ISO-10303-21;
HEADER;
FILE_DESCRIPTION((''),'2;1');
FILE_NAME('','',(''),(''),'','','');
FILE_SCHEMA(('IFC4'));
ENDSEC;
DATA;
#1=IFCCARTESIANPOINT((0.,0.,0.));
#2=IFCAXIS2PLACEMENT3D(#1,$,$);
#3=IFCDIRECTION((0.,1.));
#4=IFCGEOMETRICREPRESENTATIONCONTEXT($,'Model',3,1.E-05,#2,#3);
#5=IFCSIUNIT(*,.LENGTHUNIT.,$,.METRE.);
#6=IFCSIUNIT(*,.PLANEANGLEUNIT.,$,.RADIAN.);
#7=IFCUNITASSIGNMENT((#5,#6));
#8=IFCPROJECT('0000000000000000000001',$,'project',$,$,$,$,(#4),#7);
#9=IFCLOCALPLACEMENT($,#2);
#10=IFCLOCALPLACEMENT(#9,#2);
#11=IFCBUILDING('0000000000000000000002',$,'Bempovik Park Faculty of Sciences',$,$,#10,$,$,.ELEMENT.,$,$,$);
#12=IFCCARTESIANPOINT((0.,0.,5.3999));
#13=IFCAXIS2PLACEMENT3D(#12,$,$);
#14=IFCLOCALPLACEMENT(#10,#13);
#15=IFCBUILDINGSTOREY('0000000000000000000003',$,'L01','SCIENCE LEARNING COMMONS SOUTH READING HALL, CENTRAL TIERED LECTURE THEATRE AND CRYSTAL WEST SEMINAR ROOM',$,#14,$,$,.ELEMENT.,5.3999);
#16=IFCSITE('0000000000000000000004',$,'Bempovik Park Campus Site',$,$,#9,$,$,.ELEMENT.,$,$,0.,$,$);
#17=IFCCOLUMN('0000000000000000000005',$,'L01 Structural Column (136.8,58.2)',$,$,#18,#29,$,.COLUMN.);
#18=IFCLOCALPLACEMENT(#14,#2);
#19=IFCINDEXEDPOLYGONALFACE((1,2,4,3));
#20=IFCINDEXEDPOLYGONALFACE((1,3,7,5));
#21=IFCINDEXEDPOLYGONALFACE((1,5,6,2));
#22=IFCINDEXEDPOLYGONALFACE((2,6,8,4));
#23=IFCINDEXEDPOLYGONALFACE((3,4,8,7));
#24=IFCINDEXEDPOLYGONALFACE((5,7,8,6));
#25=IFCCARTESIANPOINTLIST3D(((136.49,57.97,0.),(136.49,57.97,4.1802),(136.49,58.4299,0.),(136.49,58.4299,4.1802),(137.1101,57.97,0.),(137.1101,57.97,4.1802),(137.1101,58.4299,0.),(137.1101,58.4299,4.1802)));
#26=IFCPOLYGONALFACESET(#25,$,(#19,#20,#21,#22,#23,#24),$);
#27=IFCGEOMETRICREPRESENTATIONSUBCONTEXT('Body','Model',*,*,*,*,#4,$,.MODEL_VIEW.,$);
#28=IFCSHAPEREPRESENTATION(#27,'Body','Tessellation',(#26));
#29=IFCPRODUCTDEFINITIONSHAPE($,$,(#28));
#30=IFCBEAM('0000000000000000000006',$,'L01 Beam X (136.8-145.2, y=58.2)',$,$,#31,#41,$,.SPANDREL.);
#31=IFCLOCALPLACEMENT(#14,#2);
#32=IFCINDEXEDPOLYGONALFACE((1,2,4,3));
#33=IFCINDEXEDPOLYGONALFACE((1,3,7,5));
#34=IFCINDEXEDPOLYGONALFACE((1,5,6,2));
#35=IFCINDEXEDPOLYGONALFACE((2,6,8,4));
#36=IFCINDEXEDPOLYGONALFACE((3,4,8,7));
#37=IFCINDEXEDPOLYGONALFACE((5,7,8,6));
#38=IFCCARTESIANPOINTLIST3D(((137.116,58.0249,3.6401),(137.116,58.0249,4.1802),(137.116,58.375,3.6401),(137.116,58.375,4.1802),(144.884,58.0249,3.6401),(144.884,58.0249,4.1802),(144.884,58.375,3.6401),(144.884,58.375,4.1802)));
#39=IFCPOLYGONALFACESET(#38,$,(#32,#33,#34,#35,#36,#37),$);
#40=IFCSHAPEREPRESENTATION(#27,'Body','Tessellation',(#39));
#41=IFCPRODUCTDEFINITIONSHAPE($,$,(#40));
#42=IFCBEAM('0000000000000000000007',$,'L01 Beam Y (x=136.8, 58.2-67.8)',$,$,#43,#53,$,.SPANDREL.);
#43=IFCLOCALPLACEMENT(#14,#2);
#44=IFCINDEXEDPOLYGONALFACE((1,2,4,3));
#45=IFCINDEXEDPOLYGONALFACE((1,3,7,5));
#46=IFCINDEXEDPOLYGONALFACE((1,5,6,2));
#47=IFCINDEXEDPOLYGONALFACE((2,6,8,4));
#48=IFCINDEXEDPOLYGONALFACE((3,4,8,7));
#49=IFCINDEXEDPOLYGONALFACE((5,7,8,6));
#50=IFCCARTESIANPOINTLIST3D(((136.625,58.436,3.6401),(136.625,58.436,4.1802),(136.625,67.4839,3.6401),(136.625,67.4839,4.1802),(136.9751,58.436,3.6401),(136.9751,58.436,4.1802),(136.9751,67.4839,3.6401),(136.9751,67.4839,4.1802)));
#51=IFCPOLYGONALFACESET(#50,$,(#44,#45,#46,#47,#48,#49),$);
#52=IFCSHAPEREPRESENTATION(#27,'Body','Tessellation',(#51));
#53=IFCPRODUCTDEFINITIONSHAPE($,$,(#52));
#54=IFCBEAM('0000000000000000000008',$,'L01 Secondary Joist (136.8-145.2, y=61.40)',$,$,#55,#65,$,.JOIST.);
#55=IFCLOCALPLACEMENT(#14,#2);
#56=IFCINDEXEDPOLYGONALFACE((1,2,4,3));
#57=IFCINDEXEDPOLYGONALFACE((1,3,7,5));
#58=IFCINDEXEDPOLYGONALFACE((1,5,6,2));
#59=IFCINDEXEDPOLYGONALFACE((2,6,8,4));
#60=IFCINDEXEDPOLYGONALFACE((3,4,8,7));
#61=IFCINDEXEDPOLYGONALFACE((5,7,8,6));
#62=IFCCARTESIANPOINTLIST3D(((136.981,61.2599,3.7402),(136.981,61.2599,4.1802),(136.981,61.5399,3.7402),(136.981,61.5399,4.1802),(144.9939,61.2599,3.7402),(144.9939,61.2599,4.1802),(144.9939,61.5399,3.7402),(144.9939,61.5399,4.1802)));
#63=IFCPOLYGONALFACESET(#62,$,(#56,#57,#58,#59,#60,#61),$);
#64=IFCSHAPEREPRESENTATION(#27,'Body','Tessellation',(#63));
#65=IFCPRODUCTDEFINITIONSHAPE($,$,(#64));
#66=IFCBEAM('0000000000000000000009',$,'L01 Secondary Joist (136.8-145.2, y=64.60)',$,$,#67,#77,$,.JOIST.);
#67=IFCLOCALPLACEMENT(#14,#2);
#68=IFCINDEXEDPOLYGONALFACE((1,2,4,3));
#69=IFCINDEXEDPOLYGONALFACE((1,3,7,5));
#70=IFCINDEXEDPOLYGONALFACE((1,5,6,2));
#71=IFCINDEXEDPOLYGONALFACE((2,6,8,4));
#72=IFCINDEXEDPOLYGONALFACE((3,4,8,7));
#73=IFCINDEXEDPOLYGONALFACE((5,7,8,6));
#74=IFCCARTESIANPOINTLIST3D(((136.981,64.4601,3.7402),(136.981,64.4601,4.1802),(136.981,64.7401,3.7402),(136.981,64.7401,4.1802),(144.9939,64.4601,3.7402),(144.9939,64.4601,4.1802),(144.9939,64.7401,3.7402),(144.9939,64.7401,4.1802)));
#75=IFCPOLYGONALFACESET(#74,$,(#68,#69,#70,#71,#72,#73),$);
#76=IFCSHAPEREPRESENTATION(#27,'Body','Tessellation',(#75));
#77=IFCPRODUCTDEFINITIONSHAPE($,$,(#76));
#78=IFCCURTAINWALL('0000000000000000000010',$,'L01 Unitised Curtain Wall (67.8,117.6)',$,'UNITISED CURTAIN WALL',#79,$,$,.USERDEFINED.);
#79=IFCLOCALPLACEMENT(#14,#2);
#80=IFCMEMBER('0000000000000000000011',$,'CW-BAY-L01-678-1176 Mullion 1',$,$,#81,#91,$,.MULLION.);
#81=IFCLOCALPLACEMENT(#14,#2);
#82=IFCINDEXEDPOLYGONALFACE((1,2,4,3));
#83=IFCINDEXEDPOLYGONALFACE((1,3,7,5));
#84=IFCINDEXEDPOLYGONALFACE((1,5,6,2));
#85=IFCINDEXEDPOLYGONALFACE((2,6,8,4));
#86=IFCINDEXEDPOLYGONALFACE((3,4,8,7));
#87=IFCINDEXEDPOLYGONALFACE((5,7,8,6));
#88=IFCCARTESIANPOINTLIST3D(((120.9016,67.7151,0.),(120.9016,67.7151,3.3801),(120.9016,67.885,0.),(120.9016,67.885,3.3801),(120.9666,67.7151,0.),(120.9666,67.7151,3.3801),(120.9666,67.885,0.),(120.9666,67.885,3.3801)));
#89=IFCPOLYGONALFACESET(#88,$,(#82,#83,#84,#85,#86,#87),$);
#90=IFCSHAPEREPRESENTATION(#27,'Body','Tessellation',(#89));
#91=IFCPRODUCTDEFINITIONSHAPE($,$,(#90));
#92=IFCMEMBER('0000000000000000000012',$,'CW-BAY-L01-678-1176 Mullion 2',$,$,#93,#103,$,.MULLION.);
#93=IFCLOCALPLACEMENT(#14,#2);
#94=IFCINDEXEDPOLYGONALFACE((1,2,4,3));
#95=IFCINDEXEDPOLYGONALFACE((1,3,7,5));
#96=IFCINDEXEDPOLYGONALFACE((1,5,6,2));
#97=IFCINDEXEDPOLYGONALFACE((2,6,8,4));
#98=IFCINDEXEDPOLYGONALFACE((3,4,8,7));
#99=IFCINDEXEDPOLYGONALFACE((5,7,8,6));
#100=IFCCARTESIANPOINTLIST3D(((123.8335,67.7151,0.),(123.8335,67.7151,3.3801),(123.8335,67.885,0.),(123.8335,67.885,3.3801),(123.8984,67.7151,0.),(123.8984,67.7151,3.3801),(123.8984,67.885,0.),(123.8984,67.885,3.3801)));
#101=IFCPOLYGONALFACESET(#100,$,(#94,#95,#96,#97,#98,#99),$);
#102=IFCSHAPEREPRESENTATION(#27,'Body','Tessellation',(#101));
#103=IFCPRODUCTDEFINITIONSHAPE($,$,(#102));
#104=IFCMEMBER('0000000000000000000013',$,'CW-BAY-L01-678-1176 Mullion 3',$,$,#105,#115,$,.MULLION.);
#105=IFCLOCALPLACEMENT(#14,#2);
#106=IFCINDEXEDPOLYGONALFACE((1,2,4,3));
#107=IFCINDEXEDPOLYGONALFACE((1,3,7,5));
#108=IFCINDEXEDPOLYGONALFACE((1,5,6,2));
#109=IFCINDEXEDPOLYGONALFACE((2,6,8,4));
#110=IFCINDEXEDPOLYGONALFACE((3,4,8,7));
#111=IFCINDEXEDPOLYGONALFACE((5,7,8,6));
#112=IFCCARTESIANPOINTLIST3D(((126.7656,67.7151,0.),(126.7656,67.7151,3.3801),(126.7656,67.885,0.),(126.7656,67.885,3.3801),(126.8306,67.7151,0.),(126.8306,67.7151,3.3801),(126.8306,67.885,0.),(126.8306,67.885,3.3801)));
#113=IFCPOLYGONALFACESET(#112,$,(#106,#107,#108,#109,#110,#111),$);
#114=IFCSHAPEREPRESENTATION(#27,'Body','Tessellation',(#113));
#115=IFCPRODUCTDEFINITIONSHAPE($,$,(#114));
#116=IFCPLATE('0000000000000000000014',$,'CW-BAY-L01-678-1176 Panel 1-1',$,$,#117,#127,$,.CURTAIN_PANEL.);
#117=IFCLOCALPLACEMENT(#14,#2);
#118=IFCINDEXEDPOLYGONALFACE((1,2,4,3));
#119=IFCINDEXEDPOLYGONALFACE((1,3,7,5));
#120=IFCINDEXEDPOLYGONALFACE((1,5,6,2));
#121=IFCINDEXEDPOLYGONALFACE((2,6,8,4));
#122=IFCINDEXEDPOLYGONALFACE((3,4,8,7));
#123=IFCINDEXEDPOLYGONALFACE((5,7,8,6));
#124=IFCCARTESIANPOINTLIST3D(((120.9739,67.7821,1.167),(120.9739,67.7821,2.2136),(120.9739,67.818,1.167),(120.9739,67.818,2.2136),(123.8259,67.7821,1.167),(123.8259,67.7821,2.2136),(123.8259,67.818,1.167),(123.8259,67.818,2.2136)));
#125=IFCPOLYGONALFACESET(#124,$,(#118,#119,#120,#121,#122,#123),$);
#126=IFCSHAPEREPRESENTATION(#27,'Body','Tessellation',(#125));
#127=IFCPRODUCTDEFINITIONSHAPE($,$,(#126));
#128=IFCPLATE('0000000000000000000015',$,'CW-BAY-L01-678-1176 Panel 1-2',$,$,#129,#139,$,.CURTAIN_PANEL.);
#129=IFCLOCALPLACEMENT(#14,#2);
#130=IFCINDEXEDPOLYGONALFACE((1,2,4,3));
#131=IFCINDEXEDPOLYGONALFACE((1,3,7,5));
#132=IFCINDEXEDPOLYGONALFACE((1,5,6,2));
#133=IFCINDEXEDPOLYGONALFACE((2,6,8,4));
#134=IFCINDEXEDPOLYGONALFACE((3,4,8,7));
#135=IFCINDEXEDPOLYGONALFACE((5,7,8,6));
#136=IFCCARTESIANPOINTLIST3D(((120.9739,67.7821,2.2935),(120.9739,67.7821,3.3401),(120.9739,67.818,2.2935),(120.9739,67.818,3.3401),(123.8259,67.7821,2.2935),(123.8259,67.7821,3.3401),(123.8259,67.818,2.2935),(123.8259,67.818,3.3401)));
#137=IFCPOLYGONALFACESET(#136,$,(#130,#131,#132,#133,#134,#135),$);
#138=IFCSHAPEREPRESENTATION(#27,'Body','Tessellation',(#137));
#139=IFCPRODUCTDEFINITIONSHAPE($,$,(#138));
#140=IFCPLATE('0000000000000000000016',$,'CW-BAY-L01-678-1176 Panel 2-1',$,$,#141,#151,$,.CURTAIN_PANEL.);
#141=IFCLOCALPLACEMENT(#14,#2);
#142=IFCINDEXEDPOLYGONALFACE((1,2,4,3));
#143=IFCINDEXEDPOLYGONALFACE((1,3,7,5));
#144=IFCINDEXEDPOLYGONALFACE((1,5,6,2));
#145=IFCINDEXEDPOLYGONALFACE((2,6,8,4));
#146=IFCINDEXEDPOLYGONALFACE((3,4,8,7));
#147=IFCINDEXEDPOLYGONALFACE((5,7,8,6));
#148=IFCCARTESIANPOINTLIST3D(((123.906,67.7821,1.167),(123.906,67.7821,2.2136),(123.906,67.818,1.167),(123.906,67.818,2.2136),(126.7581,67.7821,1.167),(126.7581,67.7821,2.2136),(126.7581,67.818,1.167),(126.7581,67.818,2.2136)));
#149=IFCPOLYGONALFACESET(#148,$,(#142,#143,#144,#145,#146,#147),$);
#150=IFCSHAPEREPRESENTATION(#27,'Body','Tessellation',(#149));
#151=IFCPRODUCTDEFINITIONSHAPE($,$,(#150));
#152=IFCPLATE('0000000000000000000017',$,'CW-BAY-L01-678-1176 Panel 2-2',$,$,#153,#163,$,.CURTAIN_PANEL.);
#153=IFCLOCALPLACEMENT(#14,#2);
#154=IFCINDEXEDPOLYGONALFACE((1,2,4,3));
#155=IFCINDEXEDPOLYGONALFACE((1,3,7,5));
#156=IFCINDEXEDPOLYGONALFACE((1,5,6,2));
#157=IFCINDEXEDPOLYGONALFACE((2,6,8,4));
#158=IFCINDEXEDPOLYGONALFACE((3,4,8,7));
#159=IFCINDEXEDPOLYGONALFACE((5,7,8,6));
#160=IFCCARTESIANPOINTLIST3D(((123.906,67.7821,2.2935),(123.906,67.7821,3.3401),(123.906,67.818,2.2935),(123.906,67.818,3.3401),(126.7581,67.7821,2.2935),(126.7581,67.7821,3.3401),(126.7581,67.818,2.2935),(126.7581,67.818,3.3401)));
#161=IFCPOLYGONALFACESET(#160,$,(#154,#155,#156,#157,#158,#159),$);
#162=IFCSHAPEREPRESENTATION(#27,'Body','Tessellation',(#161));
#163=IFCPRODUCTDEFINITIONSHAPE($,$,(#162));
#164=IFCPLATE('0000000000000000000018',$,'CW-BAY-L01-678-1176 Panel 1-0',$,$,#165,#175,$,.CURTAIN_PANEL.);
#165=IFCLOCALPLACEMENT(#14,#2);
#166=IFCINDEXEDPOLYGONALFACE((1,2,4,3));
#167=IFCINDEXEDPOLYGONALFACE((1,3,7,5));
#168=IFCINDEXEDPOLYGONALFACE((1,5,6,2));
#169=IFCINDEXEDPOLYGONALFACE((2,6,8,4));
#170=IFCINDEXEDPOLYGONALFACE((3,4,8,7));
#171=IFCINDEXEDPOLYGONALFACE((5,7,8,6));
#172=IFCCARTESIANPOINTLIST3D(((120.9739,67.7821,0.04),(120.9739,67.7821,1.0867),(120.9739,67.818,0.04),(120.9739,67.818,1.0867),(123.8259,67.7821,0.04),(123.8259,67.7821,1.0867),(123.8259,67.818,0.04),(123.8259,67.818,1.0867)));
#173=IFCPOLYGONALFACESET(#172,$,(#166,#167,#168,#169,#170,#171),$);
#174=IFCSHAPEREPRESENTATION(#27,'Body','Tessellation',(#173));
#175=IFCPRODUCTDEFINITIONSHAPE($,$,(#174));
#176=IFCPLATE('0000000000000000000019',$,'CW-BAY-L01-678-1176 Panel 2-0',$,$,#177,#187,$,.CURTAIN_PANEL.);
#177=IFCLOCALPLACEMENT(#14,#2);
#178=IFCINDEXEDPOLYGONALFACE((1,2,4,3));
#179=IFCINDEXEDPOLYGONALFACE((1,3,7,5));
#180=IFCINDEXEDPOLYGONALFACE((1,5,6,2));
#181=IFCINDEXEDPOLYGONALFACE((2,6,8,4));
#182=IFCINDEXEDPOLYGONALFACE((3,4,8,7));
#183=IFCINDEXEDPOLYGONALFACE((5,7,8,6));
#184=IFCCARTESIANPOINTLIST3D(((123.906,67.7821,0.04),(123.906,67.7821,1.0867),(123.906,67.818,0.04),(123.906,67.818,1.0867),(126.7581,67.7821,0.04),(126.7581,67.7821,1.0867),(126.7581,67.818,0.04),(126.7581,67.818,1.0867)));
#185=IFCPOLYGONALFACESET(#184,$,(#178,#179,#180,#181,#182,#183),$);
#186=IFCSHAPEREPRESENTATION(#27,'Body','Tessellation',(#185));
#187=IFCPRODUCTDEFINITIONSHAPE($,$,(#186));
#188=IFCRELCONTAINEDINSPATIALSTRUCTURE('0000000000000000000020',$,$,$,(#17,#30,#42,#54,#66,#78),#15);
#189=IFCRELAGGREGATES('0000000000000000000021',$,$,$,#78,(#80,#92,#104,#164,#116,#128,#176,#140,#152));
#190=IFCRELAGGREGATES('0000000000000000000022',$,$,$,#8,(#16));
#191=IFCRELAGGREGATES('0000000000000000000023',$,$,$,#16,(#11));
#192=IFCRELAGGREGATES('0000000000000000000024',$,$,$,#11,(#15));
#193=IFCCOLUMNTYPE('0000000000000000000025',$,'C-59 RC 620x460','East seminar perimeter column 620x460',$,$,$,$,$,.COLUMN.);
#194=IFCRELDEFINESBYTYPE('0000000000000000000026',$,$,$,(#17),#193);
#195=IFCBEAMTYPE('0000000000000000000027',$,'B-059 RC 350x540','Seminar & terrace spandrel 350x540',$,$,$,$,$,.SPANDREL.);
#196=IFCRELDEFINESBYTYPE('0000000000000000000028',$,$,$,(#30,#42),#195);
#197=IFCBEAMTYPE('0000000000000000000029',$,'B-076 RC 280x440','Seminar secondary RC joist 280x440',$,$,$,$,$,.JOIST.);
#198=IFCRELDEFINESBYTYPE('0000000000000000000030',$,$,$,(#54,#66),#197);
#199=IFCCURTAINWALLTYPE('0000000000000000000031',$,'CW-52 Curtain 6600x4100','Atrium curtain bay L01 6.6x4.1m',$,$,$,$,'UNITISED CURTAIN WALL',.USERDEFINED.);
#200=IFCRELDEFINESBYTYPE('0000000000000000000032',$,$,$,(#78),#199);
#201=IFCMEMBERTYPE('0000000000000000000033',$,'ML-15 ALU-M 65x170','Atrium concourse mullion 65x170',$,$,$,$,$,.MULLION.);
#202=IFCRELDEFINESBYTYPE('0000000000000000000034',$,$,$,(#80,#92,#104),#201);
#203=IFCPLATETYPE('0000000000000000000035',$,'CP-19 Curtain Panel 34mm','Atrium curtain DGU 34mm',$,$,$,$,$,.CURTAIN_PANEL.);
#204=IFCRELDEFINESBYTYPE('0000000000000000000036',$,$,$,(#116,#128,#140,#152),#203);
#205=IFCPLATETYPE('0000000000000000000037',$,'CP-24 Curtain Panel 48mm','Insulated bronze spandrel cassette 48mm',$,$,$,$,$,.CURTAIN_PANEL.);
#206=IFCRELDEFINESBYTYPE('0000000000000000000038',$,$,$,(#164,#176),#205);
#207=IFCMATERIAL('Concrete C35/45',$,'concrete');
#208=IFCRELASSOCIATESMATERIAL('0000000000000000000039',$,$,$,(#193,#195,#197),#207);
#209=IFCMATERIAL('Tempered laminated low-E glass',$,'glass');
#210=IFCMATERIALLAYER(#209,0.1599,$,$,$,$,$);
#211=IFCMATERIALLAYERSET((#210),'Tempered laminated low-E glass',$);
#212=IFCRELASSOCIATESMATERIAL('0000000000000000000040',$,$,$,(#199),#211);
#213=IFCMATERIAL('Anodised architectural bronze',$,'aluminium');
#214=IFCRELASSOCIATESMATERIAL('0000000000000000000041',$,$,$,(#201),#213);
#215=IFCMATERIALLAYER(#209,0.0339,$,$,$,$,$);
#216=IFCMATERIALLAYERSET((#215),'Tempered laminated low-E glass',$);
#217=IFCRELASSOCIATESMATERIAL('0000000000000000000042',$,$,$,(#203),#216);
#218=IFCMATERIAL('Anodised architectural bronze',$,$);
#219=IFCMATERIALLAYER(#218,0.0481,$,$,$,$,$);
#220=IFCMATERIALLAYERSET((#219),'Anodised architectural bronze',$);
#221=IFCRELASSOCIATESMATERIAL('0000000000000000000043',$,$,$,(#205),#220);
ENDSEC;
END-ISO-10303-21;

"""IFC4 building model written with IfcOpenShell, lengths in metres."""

from ifc_helpers import new_model, si_unit, direction, frame, origin, origin_2d, place, context, subcontext, project, spatial, rectangle, extrude, material, layer, layer_set, material_profile, profile_set, type_object, element, aggregate, save


model = new_model("IFC4")

# Units and contexts
model_context = context("Model", 3, precision=1e-05, world=origin(), true_north=direction((0.0, 1.0)))
body_context = subcontext(model_context, "Body", "Model", "MODEL_VIEW")
ifc_project = project(units=[si_unit("LENGTHUNIT", "METRE"), si_unit("PLANEANGLEUNIT", "RADIAN")], contexts=[model_context])

# Site, building, storey
site_placement = place(None, origin())
site = spatial("IfcSite", under=ifc_project, at=site_placement, Name="Bempovik Park Campus Site", CompositionType="ELEMENT", RefElevation=0.0)
building_placement = place(site_placement, origin())
building = spatial("IfcBuilding", under=site, at=building_placement, Name="Bempovik Park Faculty of Sciences", CompositionType="ELEMENT")
storey_placement = place(building_placement, frame((0.0, 0.0, 5.3999)))
storey = spatial("IfcBuildingStorey", under=building, at=storey_placement, Name="L01", Description="SCIENCE LEARNING COMMONS SOUTH READING HALL, CENTRAL TIERED LECTURE THEATRE AND CRYSTAL WEST SEMINAR ROOM", CompositionType="ELEMENT", Elevation=5.3999)

# Column
ifc_material_1 = material(Name="Concrete C35/45", Category="concrete")
ifc_material_profile_1 = material_profile(ifc_material_1, rectangle(XDim=0.6201, YDim=0.46, at=origin_2d()), Name="RC 620x460")
ifc_profile_set_1 = profile_set([ifc_material_profile_1], Name="Concrete C35/45")
column_type = type_object("IfcColumnType", Name="C-59 RC 620x460", Description="East seminar perimeter column 620x460", PredefinedType="COLUMN", material=ifc_profile_set_1)
column_placement = place(storey_placement, frame((136.8, 58.2, 0.0), z_axis=(0.0, 0.0, 1.0), x_axis=(1.0, 0.0, 0.0)))
element("IfcColumn", 1, at=column_placement, inside=storey, type_object=column_type, Name="L01 Structural Column (136.8,58.2)", PredefinedType="COLUMN", context=body_context, shape_type="SweptSolid", body=[
    extrude(rectangle(XDim=0.6201, YDim=0.46, at=origin_2d()), origin(), (0.0, 0.0, 1.0), 4.1802),
])

# Beams
ifc_material_profile_2 = material_profile(ifc_material_1, rectangle(XDim=0.3501, YDim=0.54, at=origin_2d()), Name="RC 350x540")
ifc_profile_set_2 = profile_set([ifc_material_profile_2], Name="Concrete C35/45")
beam_type_1 = type_object("IfcBeamType", Name="B-059 RC 350x540", Description="Seminar & terrace spandrel 350x540", PredefinedType="SPANDREL", material=ifc_profile_set_2)
beam_1_placement = place(storey_placement, frame((137.116, 58.2, 3.9102), z_axis=(1.0, 0.0, 0.0), x_axis=(0.0, 1.0, 0.0)))
element("IfcBeam", 2, at=beam_1_placement, inside=storey, type_object=beam_type_1, Name="L01 Beam X (136.8-145.2, y=58.2)", PredefinedType="SPANDREL", context=body_context, shape_type="SweptSolid", body=[
    extrude(rectangle(XDim=0.3501, YDim=0.54, at=origin_2d()), origin(), (0.0, 0.0, 1.0), 7.7681),
])
beam_2_placement = place(storey_placement, frame((136.8, 58.436, 3.9102), z_axis=(0.0, 1.0, 0.0), x_axis=(-1.0, 0.0, 0.0)))
element("IfcBeam", 3, at=beam_2_placement, inside=storey, type_object=beam_type_1, Name="L01 Beam Y (x=136.8, 58.2-67.8)", PredefinedType="SPANDREL", context=body_context, shape_type="SweptSolid", body=[
    extrude(rectangle(XDim=0.3501, YDim=0.54, at=origin_2d()), origin(), (0.0, 0.0, 1.0), 9.0479),
])
ifc_material_profile_3 = material_profile(ifc_material_1, rectangle(XDim=0.28, YDim=0.4399, at=origin_2d()), Name="RC 280x440")
ifc_profile_set_3 = profile_set([ifc_material_profile_3], Name="Concrete C35/45")
beam_type_2 = type_object("IfcBeamType", Name="B-076 RC 280x440", Description="Seminar secondary RC joist 280x440", PredefinedType="JOIST", material=ifc_profile_set_3)
for number, where, z_axis, x_axis, name in (
    (4, (136.981, 61.3999, 3.9602), (1.0, 0.0, 0.0), (0.0, 1.0, 0.0), "L01 Secondary Joist (136.8-145.2, y=61.40)"),
    (5, (136.981, 64.6001, 3.9602), (1.0, 0.0, 0.0), (0.0, 1.0, 0.0), "L01 Secondary Joist (136.8-145.2, y=64.60)"),
):
    element("IfcBeam", number, at=place(storey_placement, frame(where, z_axis=z_axis, x_axis=x_axis)), inside=storey, type_object=beam_type_2, Name=name, PredefinedType="JOIST", context=body_context, shape_type="SweptSolid", body=[
        extrude(rectangle(XDim=0.28, YDim=0.4399, at=origin_2d()), origin(), (0.0, 0.0, 1.0), 8.0129),
    ])

# Curtain wall, members, plates
ifc_material_2 = material(Name="Tempered laminated low-E glass", Category="glass")
ifc_layer_1 = layer(ifc_material_2, 0.1599)
ifc_layer_set_1 = layer_set([ifc_layer_1], Name="Tempered laminated low-E glass")
curtain_wall_type = type_object("IfcCurtainWallType", Name="CW-52 Curtain 6600x4100", Description="Atrium curtain bay L01 6.6x4.1m", ElementType="UNITISED CURTAIN WALL", PredefinedType="USERDEFINED", material=ifc_layer_set_1)
curtain_wall_placement = place(storey_placement, origin())
curtain_wall = element("IfcCurtainWall", 6, at=curtain_wall_placement, inside=storey, type_object=curtain_wall_type, Name="L01 Unitised Curtain Wall (67.8,117.6)", ObjectType="UNITISED CURTAIN WALL", PredefinedType="USERDEFINED")
ifc_material_3 = material(Name="Anodised architectural bronze", Category="aluminium")
ifc_material_profile_4 = material_profile(ifc_material_3, rectangle(XDim=0.0649, YDim=0.1699, at=origin_2d()), Name="ALU-M 65x170")
ifc_profile_set_4 = profile_set([ifc_material_profile_4], Name="Anodised architectural bronze")
member_type = type_object("IfcMemberType", Name="ML-15 ALU-M 65x170", Description="Atrium concourse mullion 65x170", PredefinedType="MULLION", material=ifc_profile_set_4)
member_1_placement = place(storey_placement, frame((120.9341, 67.8, 0.0), z_axis=(0.0, 0.0, 1.0), x_axis=(1.0, 0.0, 0.0)))
member_1 = element("IfcMember", 7, at=member_1_placement, type_object=member_type, Name="CW-BAY-L01-678-1176 Mullion 1", PredefinedType="MULLION", context=body_context, shape_type="SweptSolid", body=[
    extrude(rectangle(XDim=0.0649, YDim=0.1699, at=origin_2d()), origin(), (0.0, 0.0, 1.0), 3.3801),
])
member_2_placement = place(storey_placement, frame((123.866, 67.8, 0.0), z_axis=(0.0, 0.0, 1.0), x_axis=(1.0, 0.0, 0.0)))
member_2 = element("IfcMember", 8, at=member_2_placement, type_object=member_type, Name="CW-BAY-L01-678-1176 Mullion 2", PredefinedType="MULLION", context=body_context, shape_type="SweptSolid", body=[
    extrude(rectangle(XDim=0.0649, YDim=0.1699, at=origin_2d()), origin(), (0.0, 0.0, 1.0), 3.3801),
])
member_3_placement = place(storey_placement, frame((126.7981, 67.8, 0.0), z_axis=(0.0, 0.0, 1.0), x_axis=(1.0, 0.0, 0.0)))
member_3 = element("IfcMember", 9, at=member_3_placement, type_object=member_type, Name="CW-BAY-L01-678-1176 Mullion 3", PredefinedType="MULLION", context=body_context, shape_type="SweptSolid", body=[
    extrude(rectangle(XDim=0.0649, YDim=0.1699, at=origin_2d()), origin(), (0.0, 0.0, 1.0), 3.3801),
])
ifc_layer_2 = layer(ifc_material_2, 0.0339)
ifc_layer_set_2 = layer_set([ifc_layer_2], Name="Tempered laminated low-E glass")
plate_type_1 = type_object("IfcPlateType", Name="CP-19 Curtain Panel 34mm", Description="Atrium curtain DGU 34mm", PredefinedType="CURTAIN_PANEL", material=ifc_layer_set_2)
plate_1_placement = place(storey_placement, frame((122.3999, 67.8, 1.167), z_axis=(0.0, 0.0, 1.0), x_axis=(1.0, 0.0, 0.0)))
plate_1 = element("IfcPlate", 10, at=plate_1_placement, type_object=plate_type_1, Name="CW-BAY-L01-678-1176 Panel 1-1", PredefinedType="CURTAIN_PANEL", context=body_context, shape_type="SweptSolid", body=[
    extrude(rectangle(XDim=2.8521, YDim=0.0359, at=origin_2d()), origin(), (0.0, 0.0, 1.0), 1.0466),
])
plate_2_placement = place(storey_placement, frame((122.3999, 67.8, 2.2935), z_axis=(0.0, 0.0, 1.0), x_axis=(1.0, 0.0, 0.0)))
plate_2 = element("IfcPlate", 11, at=plate_2_placement, type_object=plate_type_1, Name="CW-BAY-L01-678-1176 Panel 1-2", PredefinedType="CURTAIN_PANEL", context=body_context, shape_type="SweptSolid", body=[
    extrude(rectangle(XDim=2.8521, YDim=0.0359, at=origin_2d()), origin(), (0.0, 0.0, 1.0), 1.0466),
])
plate_3_placement = place(storey_placement, frame((125.332, 67.8, 1.167), z_axis=(0.0, 0.0, 1.0), x_axis=(1.0, 0.0, 0.0)))
plate_3 = element("IfcPlate", 12, at=plate_3_placement, type_object=plate_type_1, Name="CW-BAY-L01-678-1176 Panel 2-1", PredefinedType="CURTAIN_PANEL", context=body_context, shape_type="SweptSolid", body=[
    extrude(rectangle(XDim=2.8521, YDim=0.0359, at=origin_2d()), origin(), (0.0, 0.0, 1.0), 1.0466),
])
plate_4_placement = place(storey_placement, frame((125.332, 67.8, 2.2935), z_axis=(0.0, 0.0, 1.0), x_axis=(1.0, 0.0, 0.0)))
plate_4 = element("IfcPlate", 13, at=plate_4_placement, type_object=plate_type_1, Name="CW-BAY-L01-678-1176 Panel 2-2", PredefinedType="CURTAIN_PANEL", context=body_context, shape_type="SweptSolid", body=[
    extrude(rectangle(XDim=2.8521, YDim=0.0359, at=origin_2d()), origin(), (0.0, 0.0, 1.0), 1.0466),
])
ifc_material_4 = material(Name="Anodised architectural bronze")
ifc_layer_3 = layer(ifc_material_4, 0.0481)
ifc_layer_set_3 = layer_set([ifc_layer_3], Name="Anodised architectural bronze")
plate_type_2 = type_object("IfcPlateType", Name="CP-24 Curtain Panel 48mm", Description="Insulated bronze spandrel cassette 48mm", PredefinedType="CURTAIN_PANEL", material=ifc_layer_set_3)
plate_5_placement = place(storey_placement, frame((122.3999, 67.8, 0.04), z_axis=(0.0, 0.0, 1.0), x_axis=(1.0, 0.0, 0.0)))
plate_5 = element("IfcPlate", 14, at=plate_5_placement, type_object=plate_type_2, Name="CW-BAY-L01-678-1176 Panel 1-0", PredefinedType="CURTAIN_PANEL", context=body_context, shape_type="SweptSolid", body=[
    extrude(rectangle(XDim=2.8521, YDim=0.0359, at=origin_2d()), origin(), (0.0, 0.0, 1.0), 1.0466),
])
plate_6_placement = place(storey_placement, frame((125.332, 67.8, 0.04), z_axis=(0.0, 0.0, 1.0), x_axis=(1.0, 0.0, 0.0)))
plate_6 = element("IfcPlate", 15, at=plate_6_placement, type_object=plate_type_2, Name="CW-BAY-L01-678-1176 Panel 2-0", PredefinedType="CURTAIN_PANEL", context=body_context, shape_type="SweptSolid", body=[
    extrude(rectangle(XDim=2.8521, YDim=0.0359, at=origin_2d()), origin(), (0.0, 0.0, 1.0), 1.0466),
])
aggregate(curtain_wall, [member_1, member_2, member_3, plate_5, plate_1, plate_2, plate_6, plate_3, plate_4])

save(model, "model.ifc")
